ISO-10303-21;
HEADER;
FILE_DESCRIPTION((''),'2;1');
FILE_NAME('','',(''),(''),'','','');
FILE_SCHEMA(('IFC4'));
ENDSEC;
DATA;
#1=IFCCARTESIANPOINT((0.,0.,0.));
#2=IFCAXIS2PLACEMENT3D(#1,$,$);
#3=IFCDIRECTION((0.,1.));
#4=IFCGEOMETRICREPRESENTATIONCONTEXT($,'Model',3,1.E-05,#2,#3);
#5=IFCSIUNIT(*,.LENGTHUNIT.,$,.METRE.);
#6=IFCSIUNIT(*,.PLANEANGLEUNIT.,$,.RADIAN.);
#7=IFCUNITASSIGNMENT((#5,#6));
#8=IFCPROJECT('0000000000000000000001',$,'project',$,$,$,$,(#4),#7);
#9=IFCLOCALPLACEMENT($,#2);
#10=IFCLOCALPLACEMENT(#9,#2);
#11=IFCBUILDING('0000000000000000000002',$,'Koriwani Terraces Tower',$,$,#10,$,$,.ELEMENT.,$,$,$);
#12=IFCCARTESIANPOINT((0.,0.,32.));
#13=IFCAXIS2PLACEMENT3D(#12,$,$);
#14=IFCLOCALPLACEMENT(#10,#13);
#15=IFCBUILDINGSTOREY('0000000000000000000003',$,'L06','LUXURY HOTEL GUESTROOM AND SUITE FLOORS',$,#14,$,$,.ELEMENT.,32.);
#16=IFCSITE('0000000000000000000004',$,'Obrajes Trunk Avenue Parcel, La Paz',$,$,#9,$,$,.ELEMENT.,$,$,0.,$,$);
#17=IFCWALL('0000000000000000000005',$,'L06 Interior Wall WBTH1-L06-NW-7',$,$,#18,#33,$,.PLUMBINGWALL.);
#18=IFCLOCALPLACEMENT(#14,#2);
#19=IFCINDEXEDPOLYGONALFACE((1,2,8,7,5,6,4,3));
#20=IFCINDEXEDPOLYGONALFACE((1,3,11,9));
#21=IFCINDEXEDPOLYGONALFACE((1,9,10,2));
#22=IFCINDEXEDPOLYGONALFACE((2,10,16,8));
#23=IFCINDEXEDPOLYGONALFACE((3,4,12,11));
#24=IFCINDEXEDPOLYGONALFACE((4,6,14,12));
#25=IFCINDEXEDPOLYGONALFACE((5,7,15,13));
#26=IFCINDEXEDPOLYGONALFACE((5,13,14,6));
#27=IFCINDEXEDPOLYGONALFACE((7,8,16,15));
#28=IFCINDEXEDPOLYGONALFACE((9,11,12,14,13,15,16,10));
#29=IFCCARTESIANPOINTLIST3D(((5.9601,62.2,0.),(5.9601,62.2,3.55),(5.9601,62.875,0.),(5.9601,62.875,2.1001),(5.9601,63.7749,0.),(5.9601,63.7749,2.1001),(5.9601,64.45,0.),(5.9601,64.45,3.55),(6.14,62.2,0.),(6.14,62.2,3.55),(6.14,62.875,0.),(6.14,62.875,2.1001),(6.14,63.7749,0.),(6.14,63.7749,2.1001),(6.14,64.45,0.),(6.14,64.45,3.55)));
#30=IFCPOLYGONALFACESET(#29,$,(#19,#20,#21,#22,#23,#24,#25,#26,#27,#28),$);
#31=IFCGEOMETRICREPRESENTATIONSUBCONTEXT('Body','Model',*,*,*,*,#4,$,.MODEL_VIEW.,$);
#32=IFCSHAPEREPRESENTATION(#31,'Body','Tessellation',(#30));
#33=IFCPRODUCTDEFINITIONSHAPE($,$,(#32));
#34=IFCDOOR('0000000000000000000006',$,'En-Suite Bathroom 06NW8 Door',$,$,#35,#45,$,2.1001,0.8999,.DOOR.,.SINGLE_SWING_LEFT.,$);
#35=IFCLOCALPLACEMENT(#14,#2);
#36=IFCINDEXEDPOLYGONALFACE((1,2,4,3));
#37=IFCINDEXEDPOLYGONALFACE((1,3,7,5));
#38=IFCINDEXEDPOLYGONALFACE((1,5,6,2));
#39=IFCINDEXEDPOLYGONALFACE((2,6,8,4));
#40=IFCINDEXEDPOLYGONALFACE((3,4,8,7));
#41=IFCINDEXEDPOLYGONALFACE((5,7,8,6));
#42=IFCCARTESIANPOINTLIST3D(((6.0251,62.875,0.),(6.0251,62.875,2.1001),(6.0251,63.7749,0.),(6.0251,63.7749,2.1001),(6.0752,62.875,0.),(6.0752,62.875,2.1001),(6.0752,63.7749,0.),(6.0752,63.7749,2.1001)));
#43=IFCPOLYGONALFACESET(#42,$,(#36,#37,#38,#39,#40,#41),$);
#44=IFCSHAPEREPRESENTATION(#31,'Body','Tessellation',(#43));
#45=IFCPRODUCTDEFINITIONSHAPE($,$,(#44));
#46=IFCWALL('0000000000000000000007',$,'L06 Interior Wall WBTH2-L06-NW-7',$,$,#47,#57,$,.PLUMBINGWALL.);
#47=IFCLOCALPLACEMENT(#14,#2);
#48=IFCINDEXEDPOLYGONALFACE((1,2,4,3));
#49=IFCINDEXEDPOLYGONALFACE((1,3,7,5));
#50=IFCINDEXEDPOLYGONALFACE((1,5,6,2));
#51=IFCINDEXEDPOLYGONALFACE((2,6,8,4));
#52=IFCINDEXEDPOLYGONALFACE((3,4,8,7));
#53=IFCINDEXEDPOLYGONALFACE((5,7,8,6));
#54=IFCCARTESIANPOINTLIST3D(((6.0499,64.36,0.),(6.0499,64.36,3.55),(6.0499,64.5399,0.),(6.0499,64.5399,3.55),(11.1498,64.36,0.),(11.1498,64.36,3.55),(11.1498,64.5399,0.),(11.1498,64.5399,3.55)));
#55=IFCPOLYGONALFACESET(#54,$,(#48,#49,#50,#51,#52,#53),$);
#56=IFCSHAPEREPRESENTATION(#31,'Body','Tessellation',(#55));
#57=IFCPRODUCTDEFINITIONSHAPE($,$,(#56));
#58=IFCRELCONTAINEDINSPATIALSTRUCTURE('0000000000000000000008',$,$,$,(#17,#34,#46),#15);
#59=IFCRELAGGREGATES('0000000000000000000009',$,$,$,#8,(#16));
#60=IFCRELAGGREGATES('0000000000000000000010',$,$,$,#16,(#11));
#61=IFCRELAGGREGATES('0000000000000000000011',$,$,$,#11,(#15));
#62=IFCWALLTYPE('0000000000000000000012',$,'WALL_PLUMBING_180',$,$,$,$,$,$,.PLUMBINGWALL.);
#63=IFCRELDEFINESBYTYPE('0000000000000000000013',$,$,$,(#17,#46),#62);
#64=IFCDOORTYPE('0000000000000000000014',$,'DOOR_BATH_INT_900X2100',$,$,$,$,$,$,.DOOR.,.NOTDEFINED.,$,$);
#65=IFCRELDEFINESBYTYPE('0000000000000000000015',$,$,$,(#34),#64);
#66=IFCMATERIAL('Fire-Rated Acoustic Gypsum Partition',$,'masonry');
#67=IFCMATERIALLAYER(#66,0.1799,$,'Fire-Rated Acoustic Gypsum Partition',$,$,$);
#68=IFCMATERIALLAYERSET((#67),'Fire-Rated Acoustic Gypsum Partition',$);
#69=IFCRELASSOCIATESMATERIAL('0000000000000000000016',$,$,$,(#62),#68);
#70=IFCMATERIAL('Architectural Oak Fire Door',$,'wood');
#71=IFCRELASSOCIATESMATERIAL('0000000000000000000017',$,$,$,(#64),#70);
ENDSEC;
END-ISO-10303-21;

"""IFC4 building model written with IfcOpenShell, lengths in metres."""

from ifc_helpers import new_model, si_unit, direction, frame, frame_2d, origin, place, context, subcontext, project, spatial, rectangle, extrude, material, layer, layer_set, type_object, element, fill, save


model = new_model("IFC4")

# Units and contexts
model_context = context("Model", 3, precision=1e-05, world=origin(), true_north=direction((0.0, 1.0)))
body_context = subcontext(model_context, "Body", "Model", "MODEL_VIEW")
ifc_project = project(units=[si_unit("LENGTHUNIT", "METRE"), si_unit("PLANEANGLEUNIT", "RADIAN")], contexts=[model_context])

# Site, building, storey
site_placement = place(None, origin())
site = spatial("IfcSite", under=ifc_project, at=site_placement, Name="Obrajes Trunk Avenue Parcel, La Paz", CompositionType="ELEMENT", RefElevation=0.0)
building_placement = place(site_placement, origin())
building = spatial("IfcBuilding", under=site, at=building_placement, Name="Koriwani Terraces Tower", CompositionType="ELEMENT")
storey_placement = place(building_placement, frame((0.0, 0.0, 32.0)))
storey = spatial("IfcBuildingStorey", under=building, at=storey_placement, Name="L06", Description="LUXURY HOTEL GUESTROOM AND SUITE FLOORS", CompositionType="ELEMENT", Elevation=32.0)

# Shared definitions
ifc_material_1 = material(Name="Fire-Rated Acoustic Gypsum Partition", Category="masonry")
ifc_layer_1 = layer(ifc_material_1, 0.1799, Name="Fire-Rated Acoustic Gypsum Partition")
ifc_layer_set_1 = layer_set([ifc_layer_1], Name="Fire-Rated Acoustic Gypsum Partition")
wall_type_1 = type_object("IfcWallType", Name="WALL_PLUMBING_180", PredefinedType="PLUMBINGWALL", material=ifc_layer_set_1)

# Shared definitions
ifc_material_2 = material(Name="Architectural Oak Fire Door", Category="wood")
door_type = type_object("IfcDoorType", Name="DOOR_BATH_INT_900X2100", OperationType="NOTDEFINED", PredefinedType="DOOR", material=ifc_material_2)

# Wall, opening, door
wall_1_placement = place(storey_placement, frame((6.05, 62.2, 0.0), z_axis=(0.0, 0.0, 1.0), x_axis=(0.0, 1.0, 0.0)))
wall_1 = element("IfcWall", 1, at=wall_1_placement, inside=storey, type_object=wall_type_1, Name="L06 Interior Wall WBTH1-L06-NW-7", PredefinedType="PLUMBINGWALL", context=body_context, shape_type="SweptSolid", body=[
    extrude(rectangle(XDim=2.25, YDim=0.1799, at=frame_2d((1.125, 0.0))), origin(), (0.0, 0.0, 1.0), 3.55),
])
opening_1_placement = place(wall_1_placement, frame((0.675, 0.0, 0.0)))
opening_1 = element("IfcOpeningElement", 2, at=opening_1_placement, cuts=wall_1, PredefinedType="OPENING", context=body_context, shape_type="SweptSolid", body=[
    extrude(rectangle(XDim=0.8999, YDim=2.1001, at=frame_2d((0.45, 1.05))), frame((0.0, 0.1001, 0.0), z_axis=(0.0, -1.0, 0.0), x_axis=(1.0, 0.0, 0.0)), (0.0, 0.0, 1.0), 0.2),
])
door_1_placement = place(opening_1_placement, origin())
door_1 = element("IfcDoor", 3, at=door_1_placement, inside=storey, type_object=door_type, Name="En-Suite Bathroom 06NW8 Door", OperationType="SINGLE_SWING_LEFT", OverallHeight=2.1001, OverallWidth=0.8999, PredefinedType="DOOR", context=body_context, shape_type="SweptSolid", body=[
    extrude(rectangle(XDim=0.8999, YDim=2.1001, at=frame_2d((0.45, 1.05))), frame((0.0, 0.0249, 0.0), z_axis=(0.0, -1.0, 0.0), x_axis=(1.0, 0.0, 0.0)), (0.0, 0.0, 1.0), 0.05),
])
fill(opening_1, door_1)

# Wall
wall_2_placement = place(storey_placement, frame((6.05, 64.45, 0.0), z_axis=(0.0, 0.0, 1.0), x_axis=(1.0, 0.0, 0.0)))
element("IfcWall", 4, at=wall_2_placement, inside=storey, type_object=wall_type_1, Name="L06 Interior Wall WBTH2-L06-NW-7", PredefinedType="PLUMBINGWALL", context=body_context, shape_type="SweptSolid", body=[
    extrude(rectangle(XDim=5.0999, YDim=0.1799, at=frame_2d((2.5498, 0.0))), origin(), (0.0, 0.0, 1.0), 3.55),
])

save(model, "model.ifc")
